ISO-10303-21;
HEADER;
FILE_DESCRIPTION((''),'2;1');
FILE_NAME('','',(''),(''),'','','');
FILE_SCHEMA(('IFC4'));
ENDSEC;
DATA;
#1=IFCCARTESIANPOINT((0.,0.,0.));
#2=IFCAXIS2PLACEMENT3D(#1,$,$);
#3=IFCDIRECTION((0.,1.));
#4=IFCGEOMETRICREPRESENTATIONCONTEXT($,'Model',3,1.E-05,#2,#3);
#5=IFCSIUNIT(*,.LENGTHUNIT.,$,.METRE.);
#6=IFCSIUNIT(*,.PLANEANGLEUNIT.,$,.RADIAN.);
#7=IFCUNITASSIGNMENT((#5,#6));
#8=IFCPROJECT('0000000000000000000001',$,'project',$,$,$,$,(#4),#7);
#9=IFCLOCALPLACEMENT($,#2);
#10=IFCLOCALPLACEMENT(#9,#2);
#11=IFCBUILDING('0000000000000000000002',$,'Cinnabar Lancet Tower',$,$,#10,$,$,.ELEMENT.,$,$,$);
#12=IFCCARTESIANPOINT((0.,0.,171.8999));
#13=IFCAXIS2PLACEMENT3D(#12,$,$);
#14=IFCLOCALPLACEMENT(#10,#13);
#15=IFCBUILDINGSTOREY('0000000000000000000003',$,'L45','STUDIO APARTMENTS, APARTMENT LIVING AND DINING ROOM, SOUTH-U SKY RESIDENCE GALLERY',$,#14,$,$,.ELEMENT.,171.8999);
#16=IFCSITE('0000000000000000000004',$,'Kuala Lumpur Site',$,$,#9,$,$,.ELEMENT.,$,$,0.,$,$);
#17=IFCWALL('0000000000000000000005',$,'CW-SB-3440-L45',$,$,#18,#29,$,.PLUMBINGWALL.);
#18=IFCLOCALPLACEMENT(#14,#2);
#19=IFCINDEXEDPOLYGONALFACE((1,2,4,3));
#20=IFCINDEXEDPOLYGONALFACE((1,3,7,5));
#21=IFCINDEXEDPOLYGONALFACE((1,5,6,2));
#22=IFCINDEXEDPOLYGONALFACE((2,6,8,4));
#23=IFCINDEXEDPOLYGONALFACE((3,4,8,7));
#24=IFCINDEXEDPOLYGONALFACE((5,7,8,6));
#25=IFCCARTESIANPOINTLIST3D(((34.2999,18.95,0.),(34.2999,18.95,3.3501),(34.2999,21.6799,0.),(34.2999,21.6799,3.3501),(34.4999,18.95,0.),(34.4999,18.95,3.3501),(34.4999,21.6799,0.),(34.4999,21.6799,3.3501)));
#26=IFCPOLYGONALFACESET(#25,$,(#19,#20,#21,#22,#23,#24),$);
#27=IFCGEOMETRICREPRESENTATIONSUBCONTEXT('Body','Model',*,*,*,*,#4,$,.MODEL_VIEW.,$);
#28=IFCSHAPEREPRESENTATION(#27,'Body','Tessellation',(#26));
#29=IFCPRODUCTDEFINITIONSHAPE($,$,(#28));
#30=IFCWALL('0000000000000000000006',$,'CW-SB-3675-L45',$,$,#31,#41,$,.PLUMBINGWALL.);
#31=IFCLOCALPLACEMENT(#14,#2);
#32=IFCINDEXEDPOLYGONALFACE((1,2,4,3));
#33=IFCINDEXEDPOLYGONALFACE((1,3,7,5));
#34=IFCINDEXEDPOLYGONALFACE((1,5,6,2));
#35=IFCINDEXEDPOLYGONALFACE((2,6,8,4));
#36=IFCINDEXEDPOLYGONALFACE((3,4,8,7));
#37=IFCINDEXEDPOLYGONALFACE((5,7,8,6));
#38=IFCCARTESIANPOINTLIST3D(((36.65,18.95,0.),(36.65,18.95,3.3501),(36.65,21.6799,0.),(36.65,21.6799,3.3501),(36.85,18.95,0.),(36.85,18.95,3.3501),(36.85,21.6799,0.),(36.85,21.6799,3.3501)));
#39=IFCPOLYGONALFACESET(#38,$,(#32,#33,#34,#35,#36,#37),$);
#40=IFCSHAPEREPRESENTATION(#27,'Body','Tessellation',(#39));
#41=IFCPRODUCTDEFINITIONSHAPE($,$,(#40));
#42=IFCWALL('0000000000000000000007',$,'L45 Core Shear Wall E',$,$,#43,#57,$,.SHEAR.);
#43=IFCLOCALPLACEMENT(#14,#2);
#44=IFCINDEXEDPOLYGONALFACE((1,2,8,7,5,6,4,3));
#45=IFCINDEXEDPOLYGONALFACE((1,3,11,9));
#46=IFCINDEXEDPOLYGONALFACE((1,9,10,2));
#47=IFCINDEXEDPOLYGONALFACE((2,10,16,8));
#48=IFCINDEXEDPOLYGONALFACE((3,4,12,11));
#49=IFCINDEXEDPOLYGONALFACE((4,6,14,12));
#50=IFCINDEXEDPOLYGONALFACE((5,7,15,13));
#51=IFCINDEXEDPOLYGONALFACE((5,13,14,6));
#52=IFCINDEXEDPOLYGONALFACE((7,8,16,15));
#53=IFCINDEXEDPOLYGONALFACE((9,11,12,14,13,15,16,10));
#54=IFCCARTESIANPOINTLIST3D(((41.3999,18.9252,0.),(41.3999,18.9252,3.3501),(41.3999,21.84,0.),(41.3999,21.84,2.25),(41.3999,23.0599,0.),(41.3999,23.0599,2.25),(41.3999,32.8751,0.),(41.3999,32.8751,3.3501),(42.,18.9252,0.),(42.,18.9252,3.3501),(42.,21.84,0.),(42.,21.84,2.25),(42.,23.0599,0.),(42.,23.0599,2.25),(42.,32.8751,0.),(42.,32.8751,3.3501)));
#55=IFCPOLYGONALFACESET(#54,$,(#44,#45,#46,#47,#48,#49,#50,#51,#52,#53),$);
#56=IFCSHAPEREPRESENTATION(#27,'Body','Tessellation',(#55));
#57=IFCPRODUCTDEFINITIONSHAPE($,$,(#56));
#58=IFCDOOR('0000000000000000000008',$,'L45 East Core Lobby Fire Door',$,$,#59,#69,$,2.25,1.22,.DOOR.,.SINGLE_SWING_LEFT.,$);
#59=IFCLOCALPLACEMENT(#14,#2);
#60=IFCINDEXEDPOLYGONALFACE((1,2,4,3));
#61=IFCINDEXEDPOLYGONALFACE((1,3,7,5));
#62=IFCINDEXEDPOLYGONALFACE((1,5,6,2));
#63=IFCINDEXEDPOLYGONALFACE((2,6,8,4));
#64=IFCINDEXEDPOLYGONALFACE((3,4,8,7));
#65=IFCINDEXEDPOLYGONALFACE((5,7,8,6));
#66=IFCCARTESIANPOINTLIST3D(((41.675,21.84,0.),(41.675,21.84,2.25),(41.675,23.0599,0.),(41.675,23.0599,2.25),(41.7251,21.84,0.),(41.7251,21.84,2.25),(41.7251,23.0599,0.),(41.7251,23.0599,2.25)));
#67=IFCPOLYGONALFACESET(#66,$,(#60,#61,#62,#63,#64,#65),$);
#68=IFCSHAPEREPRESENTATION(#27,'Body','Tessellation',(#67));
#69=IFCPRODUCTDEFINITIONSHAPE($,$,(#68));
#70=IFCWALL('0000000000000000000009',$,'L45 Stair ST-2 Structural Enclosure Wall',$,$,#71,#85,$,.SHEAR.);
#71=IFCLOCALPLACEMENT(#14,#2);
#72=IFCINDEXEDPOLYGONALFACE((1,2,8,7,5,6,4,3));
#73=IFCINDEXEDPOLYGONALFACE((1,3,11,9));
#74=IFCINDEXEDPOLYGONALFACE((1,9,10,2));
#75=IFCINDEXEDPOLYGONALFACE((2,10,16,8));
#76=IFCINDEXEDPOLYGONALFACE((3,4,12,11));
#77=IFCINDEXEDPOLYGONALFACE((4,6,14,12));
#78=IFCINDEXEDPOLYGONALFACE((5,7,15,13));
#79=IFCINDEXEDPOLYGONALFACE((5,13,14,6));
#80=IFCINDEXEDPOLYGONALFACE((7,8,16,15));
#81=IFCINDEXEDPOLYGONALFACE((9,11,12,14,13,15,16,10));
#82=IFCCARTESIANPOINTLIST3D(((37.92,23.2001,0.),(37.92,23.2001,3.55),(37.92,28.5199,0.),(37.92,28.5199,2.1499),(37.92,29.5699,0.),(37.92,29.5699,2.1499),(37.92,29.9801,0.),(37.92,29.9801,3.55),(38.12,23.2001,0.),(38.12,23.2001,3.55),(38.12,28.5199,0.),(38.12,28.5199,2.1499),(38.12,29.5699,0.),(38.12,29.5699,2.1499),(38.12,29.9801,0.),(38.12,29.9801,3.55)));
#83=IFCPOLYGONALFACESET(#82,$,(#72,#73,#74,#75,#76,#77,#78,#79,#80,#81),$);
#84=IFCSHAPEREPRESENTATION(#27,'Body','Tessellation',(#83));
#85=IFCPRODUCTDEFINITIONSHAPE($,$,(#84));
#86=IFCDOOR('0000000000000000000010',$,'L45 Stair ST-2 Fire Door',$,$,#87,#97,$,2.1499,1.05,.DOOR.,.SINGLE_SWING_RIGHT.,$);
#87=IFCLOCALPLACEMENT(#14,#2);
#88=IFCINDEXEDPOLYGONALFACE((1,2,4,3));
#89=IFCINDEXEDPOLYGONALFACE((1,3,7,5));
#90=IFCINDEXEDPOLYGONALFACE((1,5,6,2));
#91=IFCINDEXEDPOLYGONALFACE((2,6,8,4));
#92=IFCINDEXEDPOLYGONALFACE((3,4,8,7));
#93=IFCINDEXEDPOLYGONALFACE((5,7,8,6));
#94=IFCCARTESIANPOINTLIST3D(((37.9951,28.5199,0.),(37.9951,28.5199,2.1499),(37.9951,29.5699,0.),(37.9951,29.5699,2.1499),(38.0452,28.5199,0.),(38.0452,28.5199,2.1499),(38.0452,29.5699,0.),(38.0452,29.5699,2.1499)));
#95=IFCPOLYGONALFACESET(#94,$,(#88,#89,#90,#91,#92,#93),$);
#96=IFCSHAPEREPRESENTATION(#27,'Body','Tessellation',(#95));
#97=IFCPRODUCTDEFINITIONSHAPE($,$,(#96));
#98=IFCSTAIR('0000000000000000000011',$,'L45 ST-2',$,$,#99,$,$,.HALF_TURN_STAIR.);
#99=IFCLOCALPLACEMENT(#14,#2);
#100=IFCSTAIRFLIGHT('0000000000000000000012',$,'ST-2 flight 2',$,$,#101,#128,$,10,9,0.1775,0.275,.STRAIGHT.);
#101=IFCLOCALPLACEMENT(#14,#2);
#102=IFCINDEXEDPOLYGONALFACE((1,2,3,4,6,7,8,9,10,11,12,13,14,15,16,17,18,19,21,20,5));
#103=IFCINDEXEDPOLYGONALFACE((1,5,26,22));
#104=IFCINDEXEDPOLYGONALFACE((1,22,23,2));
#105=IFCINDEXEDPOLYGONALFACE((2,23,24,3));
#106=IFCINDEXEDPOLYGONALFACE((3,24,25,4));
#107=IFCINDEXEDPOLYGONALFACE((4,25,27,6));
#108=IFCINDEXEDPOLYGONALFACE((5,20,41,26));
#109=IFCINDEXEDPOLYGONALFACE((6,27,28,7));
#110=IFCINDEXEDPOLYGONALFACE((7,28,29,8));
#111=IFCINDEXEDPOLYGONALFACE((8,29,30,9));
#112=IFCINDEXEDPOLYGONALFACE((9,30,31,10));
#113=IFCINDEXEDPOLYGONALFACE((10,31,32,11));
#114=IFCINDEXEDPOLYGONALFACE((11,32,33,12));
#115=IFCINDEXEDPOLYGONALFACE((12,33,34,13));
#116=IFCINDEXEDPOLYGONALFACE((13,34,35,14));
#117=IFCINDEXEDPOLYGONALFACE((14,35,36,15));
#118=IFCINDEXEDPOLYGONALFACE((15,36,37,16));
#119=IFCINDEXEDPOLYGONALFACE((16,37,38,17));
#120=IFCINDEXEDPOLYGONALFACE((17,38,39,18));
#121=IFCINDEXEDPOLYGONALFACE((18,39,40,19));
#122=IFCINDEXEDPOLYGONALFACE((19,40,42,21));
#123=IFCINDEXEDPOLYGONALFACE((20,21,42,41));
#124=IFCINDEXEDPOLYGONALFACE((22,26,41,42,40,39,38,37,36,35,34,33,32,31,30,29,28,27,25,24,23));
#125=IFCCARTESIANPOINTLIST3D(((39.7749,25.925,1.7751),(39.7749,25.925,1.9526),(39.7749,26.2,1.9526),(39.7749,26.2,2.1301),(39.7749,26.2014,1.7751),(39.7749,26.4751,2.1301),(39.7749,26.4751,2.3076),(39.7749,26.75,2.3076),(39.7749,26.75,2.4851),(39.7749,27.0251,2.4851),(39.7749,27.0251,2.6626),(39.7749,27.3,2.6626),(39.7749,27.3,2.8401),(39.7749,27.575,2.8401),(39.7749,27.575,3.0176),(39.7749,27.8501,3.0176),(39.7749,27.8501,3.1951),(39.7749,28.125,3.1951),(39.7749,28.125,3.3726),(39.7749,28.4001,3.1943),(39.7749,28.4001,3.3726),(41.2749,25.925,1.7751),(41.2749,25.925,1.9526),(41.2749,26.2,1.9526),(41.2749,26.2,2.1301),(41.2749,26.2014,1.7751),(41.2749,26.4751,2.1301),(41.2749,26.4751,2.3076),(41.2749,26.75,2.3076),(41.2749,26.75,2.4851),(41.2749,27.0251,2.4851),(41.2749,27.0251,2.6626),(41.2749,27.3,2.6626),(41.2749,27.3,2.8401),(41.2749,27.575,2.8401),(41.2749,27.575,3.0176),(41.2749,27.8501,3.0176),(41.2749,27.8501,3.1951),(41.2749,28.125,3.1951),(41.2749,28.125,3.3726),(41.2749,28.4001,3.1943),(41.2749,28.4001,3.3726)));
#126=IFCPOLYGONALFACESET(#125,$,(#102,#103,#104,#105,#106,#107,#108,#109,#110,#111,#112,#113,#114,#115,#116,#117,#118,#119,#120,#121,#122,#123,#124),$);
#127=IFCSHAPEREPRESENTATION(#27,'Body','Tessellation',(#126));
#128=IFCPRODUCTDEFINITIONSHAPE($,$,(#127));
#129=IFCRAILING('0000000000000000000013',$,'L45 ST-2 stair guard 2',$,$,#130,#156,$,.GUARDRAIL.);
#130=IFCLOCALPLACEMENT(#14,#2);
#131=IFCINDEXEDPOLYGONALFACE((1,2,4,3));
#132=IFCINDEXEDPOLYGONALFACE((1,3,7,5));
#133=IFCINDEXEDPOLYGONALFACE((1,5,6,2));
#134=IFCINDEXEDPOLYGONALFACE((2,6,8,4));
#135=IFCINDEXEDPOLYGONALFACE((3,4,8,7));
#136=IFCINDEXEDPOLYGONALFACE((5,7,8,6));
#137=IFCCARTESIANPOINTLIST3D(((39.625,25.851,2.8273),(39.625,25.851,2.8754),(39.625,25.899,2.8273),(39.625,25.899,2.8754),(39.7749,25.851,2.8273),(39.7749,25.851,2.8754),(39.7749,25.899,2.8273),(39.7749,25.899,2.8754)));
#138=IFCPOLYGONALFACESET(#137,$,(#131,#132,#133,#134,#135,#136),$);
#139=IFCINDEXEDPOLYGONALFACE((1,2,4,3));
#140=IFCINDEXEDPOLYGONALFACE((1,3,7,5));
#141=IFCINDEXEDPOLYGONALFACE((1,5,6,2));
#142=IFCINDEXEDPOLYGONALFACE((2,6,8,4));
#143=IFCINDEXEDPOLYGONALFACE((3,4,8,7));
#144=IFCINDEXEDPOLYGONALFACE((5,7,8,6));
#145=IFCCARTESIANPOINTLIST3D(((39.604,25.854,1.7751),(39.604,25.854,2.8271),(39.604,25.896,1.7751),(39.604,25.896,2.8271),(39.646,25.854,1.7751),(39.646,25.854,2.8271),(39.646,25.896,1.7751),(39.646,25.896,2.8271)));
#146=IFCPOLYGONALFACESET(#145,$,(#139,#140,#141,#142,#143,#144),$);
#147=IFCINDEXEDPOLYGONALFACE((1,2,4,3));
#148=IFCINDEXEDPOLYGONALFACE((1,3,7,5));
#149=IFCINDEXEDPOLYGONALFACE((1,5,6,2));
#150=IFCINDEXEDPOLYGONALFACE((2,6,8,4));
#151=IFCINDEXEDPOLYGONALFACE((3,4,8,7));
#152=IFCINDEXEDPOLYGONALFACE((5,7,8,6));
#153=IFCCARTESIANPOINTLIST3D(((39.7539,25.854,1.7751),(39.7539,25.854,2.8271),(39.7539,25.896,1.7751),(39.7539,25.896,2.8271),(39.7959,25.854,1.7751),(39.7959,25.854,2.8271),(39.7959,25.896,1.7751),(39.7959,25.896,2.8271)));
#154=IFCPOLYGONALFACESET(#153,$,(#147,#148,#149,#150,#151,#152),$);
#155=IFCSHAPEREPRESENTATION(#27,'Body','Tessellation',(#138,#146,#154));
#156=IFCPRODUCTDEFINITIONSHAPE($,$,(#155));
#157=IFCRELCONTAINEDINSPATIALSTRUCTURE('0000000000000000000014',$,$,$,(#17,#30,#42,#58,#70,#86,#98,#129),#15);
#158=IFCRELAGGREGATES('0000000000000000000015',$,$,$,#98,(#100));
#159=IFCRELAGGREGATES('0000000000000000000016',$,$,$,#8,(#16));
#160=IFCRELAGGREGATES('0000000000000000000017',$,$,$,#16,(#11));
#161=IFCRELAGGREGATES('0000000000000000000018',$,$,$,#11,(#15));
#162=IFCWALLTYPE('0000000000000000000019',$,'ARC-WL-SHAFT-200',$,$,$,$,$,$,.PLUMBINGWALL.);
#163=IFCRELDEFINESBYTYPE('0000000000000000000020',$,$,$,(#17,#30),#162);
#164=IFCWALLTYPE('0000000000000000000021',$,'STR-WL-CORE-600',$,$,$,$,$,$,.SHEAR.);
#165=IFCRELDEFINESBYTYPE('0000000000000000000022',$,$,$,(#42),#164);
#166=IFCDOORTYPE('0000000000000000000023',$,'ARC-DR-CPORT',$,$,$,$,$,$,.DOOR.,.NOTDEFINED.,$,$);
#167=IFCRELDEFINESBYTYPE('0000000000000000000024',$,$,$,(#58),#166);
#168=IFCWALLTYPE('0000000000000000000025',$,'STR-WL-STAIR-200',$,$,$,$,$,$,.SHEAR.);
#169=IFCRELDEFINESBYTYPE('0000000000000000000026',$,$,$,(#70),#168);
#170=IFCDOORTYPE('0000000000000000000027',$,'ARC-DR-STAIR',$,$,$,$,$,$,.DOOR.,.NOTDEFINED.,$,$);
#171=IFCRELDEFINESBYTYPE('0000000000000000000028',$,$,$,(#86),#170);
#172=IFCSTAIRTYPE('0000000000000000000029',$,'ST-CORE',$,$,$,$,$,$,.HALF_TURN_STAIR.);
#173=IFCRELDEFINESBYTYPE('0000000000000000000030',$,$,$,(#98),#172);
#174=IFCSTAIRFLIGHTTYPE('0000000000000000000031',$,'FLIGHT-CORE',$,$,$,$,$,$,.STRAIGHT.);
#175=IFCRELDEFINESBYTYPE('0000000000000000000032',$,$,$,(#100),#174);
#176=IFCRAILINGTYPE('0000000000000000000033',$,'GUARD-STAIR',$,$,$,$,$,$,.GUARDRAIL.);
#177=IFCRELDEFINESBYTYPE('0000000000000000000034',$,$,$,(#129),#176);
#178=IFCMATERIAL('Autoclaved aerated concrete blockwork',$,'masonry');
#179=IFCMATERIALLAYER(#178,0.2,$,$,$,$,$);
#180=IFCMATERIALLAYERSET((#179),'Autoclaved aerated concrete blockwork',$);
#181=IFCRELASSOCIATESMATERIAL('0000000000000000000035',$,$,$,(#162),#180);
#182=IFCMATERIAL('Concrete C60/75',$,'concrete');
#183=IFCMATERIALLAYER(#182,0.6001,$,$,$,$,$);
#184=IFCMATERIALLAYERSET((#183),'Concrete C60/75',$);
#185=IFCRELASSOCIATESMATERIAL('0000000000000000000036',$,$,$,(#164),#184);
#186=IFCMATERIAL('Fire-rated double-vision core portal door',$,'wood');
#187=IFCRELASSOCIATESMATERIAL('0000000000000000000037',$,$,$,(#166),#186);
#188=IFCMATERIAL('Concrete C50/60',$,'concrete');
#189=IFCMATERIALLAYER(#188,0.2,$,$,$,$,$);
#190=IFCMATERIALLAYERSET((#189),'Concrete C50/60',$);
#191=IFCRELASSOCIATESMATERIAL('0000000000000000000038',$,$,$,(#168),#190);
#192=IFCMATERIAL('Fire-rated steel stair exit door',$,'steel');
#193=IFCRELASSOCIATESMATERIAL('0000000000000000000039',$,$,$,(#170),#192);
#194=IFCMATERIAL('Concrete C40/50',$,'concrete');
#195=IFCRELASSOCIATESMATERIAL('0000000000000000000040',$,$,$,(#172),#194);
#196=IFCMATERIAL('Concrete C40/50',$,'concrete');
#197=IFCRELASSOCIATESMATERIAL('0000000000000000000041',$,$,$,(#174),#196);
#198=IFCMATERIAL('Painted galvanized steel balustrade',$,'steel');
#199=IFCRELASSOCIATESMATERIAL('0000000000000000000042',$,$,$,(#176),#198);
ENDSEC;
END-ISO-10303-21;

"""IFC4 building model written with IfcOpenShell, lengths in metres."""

from ifc_helpers import new_model, si_unit, direction, frame, frame_2d, origin, origin_2d, place, context, subcontext, project, spatial, polyline, rectangle, outline, extrude, material, layer, layer_set, type_object, element, fill, aggregate, save


model = new_model("IFC4")

# Units and contexts
model_context = context("Model", 3, precision=1e-05, world=origin(), true_north=direction((0.0, 1.0)))
body_context = subcontext(model_context, "Body", "Model", "MODEL_VIEW")
ifc_project = project(units=[si_unit("LENGTHUNIT", "METRE"), si_unit("PLANEANGLEUNIT", "RADIAN")], contexts=[model_context])

# Site, building, storey
site_placement = place(None, origin())
site = spatial("IfcSite", under=ifc_project, at=site_placement, Name="Kuala Lumpur Site", CompositionType="ELEMENT", RefElevation=0.0)
building_placement = place(site_placement, origin())
building = spatial("IfcBuilding", under=site, at=building_placement, Name="Cinnabar Lancet Tower", CompositionType="ELEMENT")
storey_placement = place(building_placement, frame((0.0, 0.0, 171.8999)))
storey = spatial("IfcBuildingStorey", under=building, at=storey_placement, Name="L45", Description="STUDIO APARTMENTS, APARTMENT LIVING AND DINING ROOM, SOUTH-U SKY RESIDENCE GALLERY", CompositionType="ELEMENT", Elevation=171.8999)

# Shared definitions
ifc_material_1 = material(Name="Autoclaved aerated concrete blockwork", Category="masonry")
ifc_layer_1 = layer(ifc_material_1, 0.2)
ifc_layer_set_1 = layer_set([ifc_layer_1], Name="Autoclaved aerated concrete blockwork")
wall_type_1 = type_object("IfcWallType", Name="ARC-WL-SHAFT-200", PredefinedType="PLUMBINGWALL", material=ifc_layer_set_1)

# Walls
for number, where, z_axis, x_axis, name in (
    (1, (34.3999, 18.95, 0.0), (0.0, 0.0, 1.0), (0.0, 1.0, 0.0), "CW-SB-3440-L45"),
    (2, (36.75, 18.95, 0.0), (0.0, 0.0, 1.0), (0.0, 1.0, 0.0), "CW-SB-3675-L45"),
):
    element("IfcWall", number, at=place(storey_placement, frame(where, z_axis=z_axis, x_axis=x_axis)), inside=storey, type_object=wall_type_1, Name=name, PredefinedType="PLUMBINGWALL", context=body_context, shape_type="SweptSolid", body=[
        extrude(rectangle(XDim=2.73, YDim=0.2, at=frame_2d((1.365, 0.0))), origin(), (0.0, 0.0, 1.0), 3.3501),
    ])

# Walls, openings, doors
ifc_material_2 = material(Name="Concrete C60/75", Category="concrete")
ifc_layer_2 = layer(ifc_material_2, 0.6001)
ifc_layer_set_2 = layer_set([ifc_layer_2], Name="Concrete C60/75")
wall_type_2 = type_object("IfcWallType", Name="STR-WL-CORE-600", PredefinedType="SHEAR", material=ifc_layer_set_2)
wall_1_placement = place(storey_placement, frame((41.7, 18.925, 0.0), z_axis=(0.0, 0.0, 1.0), x_axis=(0.0, 1.0, 0.0)))
wall_1 = element("IfcWall", 3, at=wall_1_placement, inside=storey, type_object=wall_type_2, Name="L45 Core Shear Wall E", PredefinedType="SHEAR", context=body_context, shape_type="SweptSolid", body=[
    extrude(rectangle(XDim=13.95, YDim=0.6001, at=frame_2d((6.9751, 0.0))), origin(), (0.0, 0.0, 1.0), 3.3501),
])
opening_1_placement = place(wall_1_placement, frame((2.915, 0.0, 0.0)))
opening_1 = element("IfcOpeningElement", 4, at=opening_1_placement, cuts=wall_1, PredefinedType="OPENING", context=body_context, shape_type="SweptSolid", body=[
    extrude(rectangle(XDim=1.22, YDim=2.25, at=frame_2d((0.6099, 1.125))), frame((0.0, 0.3101, 0.0), z_axis=(0.0, -1.0, 0.0), x_axis=(1.0, 0.0, 0.0)), (0.0, 0.0, 1.0), 0.6201),
])
ifc_material_3 = material(Name="Fire-rated double-vision core portal door", Category="wood")
door_type_1 = type_object("IfcDoorType", Name="ARC-DR-CPORT", OperationType="NOTDEFINED", PredefinedType="DOOR", material=ifc_material_3)
door_1_placement = place(opening_1_placement, origin())
door_1 = element("IfcDoor", 5, at=door_1_placement, inside=storey, type_object=door_type_1, Name="L45 East Core Lobby Fire Door", OperationType="SINGLE_SWING_LEFT", OverallHeight=2.25, OverallWidth=1.22, PredefinedType="DOOR", context=body_context, shape_type="SweptSolid", body=[
    extrude(rectangle(XDim=1.22, YDim=2.25, at=frame_2d((0.6099, 1.125))), frame((0.0, 0.0249, 0.0), z_axis=(0.0, -1.0, 0.0), x_axis=(1.0, 0.0, 0.0)), (0.0, 0.0, 1.0), 0.05),
])
fill(opening_1, door_1)
ifc_material_4 = material(Name="Concrete C50/60", Category="concrete")
ifc_layer_3 = layer(ifc_material_4, 0.2)
ifc_layer_set_3 = layer_set([ifc_layer_3], Name="Concrete C50/60")
wall_type_3 = type_object("IfcWallType", Name="STR-WL-STAIR-200", PredefinedType="SHEAR", material=ifc_layer_set_3)
wall_2_placement = place(storey_placement, frame((38.02, 23.2, 0.0), z_axis=(0.0, 0.0, 1.0), x_axis=(0.0, 1.0, 0.0)))
wall_2 = element("IfcWall", 6, at=wall_2_placement, inside=storey, type_object=wall_type_3, Name="L45 Stair ST-2 Structural Enclosure Wall", PredefinedType="SHEAR", context=body_context, shape_type="SweptSolid", body=[
    extrude(rectangle(XDim=6.78, YDim=0.2, at=frame_2d((3.3901, 0.0))), origin(), (0.0, 0.0, 1.0), 3.55),
])
opening_2_placement = place(wall_2_placement, frame((5.3201, 0.0, 0.0)))
opening_2 = element("IfcOpeningElement", 7, at=opening_2_placement, cuts=wall_2, PredefinedType="OPENING", context=body_context, shape_type="SweptSolid", body=[
    extrude(rectangle(XDim=1.05, YDim=2.1499, at=frame_2d((0.5249, 1.075))), frame((0.0, 0.1099, 0.0), z_axis=(0.0, -1.0, 0.0), x_axis=(1.0, 0.0, 0.0)), (0.0, 0.0, 1.0), 0.22),
])
ifc_material_5 = material(Name="Fire-rated steel stair exit door", Category="steel")
door_type_2 = type_object("IfcDoorType", Name="ARC-DR-STAIR", OperationType="NOTDEFINED", PredefinedType="DOOR", material=ifc_material_5)
door_2_placement = place(opening_2_placement, origin())
door_2 = element("IfcDoor", 8, at=door_2_placement, inside=storey, type_object=door_type_2, Name="L45 Stair ST-2 Fire Door", OperationType="SINGLE_SWING_RIGHT", OverallHeight=2.1499, OverallWidth=1.05, PredefinedType="DOOR", context=body_context, shape_type="SweptSolid", body=[
    extrude(rectangle(XDim=1.05, YDim=2.1499, at=frame_2d((0.5249, 1.075))), frame((0.0, 0.0249, 0.0), z_axis=(0.0, -1.0, 0.0), x_axis=(1.0, 0.0, 0.0)), (0.0, 0.0, 1.0), 0.05),
])
fill(opening_2, door_2)

# Stair, stair flight
ifc_material_6 = material(Name="Concrete C40/50", Category="concrete")
stair_type = type_object("IfcStairType", Name="ST-CORE", PredefinedType="HALF_TURN_STAIR", material=ifc_material_6)
stair_placement = place(storey_placement, origin())
stair = element("IfcStair", 9, at=stair_placement, inside=storey, type_object=stair_type, Name="L45 ST-2", PredefinedType="HALF_TURN_STAIR")
ifc_material_7 = material(Name="Concrete C40/50", Category="concrete")
stair_flight_type = type_object("IfcStairFlightType", Name="FLIGHT-CORE", PredefinedType="STRAIGHT", material=ifc_material_7)
stair_flight_placement = place(storey_placement, frame((40.5249, 25.925, 1.7751), z_axis=(0.0, 0.0, 1.0), x_axis=(0.0, 1.0, 0.0)))
stair_flight = element("IfcStairFlight", 10, at=stair_flight_placement, type_object=stair_flight_type, Name="ST-2 flight 2", NumberOfRisers=10, NumberOfTreads=9, PredefinedType="STRAIGHT", RiserHeight=0.1775, TreadLength=0.275, context=body_context, shape_type="SweptSolid", body=[
    extrude(outline(polyline([(0.0, 0.0), (0.0, 0.1775), (0.2749, 0.1775), (0.2749, 0.355), (0.55, 0.355), (0.55, 0.5325), (0.825, 0.5325), (0.825, 0.71), (1.1001, 0.71), (1.1001, 0.8875), (1.375, 0.8875), (1.375, 1.0649), (1.6499, 1.0649), (1.6499, 1.2424), (1.925, 1.2424), (1.925, 1.4199), (2.2, 1.4199), (2.2, 1.5974), (2.4751, 1.5974), (2.4751, 1.7749), (2.4751, 1.4192), (0.2764, 0.0), (0.0, 0.0)])), frame((0.0, 0.75, 0.0), z_axis=(0.0, -1.0, 0.0), x_axis=(1.0, 0.0, 0.0)), (0.0, 0.0, 1.0), 1.5),
])
aggregate(stair, [stair_flight])

# Railing
ifc_material_8 = material(Name="Painted galvanized steel balustrade", Category="steel")
railing_type = type_object("IfcRailingType", Name="GUARD-STAIR", PredefinedType="GUARDRAIL", material=ifc_material_8)
railing_1_placement = place(storey_placement, frame((39.625, 25.875, 1.7751)))
element("IfcRailing", 11, at=railing_1_placement, inside=storey, type_object=railing_type, Name="L45 ST-2 stair guard 2", PredefinedType="GUARDRAIL", context=body_context, shape_type="SweptSolid", body=[
    extrude(rectangle(XDim=0.0481, YDim=0.0481, at=origin_2d()), frame((0.0, 0.0, 1.0762), z_axis=(1.0, 0.0, 0.0), x_axis=(0.0, 1.0, 0.0)), (0.0, 0.0, 1.0), 0.1499),
    extrude(rectangle(XDim=0.042, YDim=0.042, at=origin_2d()), origin(), (0.0, 0.0, 1.0), 1.052),
    extrude(rectangle(XDim=0.042, YDim=0.042, at=origin_2d()), frame((0.1499, 0.0, 0.0)), (0.0, 0.0, 1.0), 1.052),
])

save(model, "model.ifc")
